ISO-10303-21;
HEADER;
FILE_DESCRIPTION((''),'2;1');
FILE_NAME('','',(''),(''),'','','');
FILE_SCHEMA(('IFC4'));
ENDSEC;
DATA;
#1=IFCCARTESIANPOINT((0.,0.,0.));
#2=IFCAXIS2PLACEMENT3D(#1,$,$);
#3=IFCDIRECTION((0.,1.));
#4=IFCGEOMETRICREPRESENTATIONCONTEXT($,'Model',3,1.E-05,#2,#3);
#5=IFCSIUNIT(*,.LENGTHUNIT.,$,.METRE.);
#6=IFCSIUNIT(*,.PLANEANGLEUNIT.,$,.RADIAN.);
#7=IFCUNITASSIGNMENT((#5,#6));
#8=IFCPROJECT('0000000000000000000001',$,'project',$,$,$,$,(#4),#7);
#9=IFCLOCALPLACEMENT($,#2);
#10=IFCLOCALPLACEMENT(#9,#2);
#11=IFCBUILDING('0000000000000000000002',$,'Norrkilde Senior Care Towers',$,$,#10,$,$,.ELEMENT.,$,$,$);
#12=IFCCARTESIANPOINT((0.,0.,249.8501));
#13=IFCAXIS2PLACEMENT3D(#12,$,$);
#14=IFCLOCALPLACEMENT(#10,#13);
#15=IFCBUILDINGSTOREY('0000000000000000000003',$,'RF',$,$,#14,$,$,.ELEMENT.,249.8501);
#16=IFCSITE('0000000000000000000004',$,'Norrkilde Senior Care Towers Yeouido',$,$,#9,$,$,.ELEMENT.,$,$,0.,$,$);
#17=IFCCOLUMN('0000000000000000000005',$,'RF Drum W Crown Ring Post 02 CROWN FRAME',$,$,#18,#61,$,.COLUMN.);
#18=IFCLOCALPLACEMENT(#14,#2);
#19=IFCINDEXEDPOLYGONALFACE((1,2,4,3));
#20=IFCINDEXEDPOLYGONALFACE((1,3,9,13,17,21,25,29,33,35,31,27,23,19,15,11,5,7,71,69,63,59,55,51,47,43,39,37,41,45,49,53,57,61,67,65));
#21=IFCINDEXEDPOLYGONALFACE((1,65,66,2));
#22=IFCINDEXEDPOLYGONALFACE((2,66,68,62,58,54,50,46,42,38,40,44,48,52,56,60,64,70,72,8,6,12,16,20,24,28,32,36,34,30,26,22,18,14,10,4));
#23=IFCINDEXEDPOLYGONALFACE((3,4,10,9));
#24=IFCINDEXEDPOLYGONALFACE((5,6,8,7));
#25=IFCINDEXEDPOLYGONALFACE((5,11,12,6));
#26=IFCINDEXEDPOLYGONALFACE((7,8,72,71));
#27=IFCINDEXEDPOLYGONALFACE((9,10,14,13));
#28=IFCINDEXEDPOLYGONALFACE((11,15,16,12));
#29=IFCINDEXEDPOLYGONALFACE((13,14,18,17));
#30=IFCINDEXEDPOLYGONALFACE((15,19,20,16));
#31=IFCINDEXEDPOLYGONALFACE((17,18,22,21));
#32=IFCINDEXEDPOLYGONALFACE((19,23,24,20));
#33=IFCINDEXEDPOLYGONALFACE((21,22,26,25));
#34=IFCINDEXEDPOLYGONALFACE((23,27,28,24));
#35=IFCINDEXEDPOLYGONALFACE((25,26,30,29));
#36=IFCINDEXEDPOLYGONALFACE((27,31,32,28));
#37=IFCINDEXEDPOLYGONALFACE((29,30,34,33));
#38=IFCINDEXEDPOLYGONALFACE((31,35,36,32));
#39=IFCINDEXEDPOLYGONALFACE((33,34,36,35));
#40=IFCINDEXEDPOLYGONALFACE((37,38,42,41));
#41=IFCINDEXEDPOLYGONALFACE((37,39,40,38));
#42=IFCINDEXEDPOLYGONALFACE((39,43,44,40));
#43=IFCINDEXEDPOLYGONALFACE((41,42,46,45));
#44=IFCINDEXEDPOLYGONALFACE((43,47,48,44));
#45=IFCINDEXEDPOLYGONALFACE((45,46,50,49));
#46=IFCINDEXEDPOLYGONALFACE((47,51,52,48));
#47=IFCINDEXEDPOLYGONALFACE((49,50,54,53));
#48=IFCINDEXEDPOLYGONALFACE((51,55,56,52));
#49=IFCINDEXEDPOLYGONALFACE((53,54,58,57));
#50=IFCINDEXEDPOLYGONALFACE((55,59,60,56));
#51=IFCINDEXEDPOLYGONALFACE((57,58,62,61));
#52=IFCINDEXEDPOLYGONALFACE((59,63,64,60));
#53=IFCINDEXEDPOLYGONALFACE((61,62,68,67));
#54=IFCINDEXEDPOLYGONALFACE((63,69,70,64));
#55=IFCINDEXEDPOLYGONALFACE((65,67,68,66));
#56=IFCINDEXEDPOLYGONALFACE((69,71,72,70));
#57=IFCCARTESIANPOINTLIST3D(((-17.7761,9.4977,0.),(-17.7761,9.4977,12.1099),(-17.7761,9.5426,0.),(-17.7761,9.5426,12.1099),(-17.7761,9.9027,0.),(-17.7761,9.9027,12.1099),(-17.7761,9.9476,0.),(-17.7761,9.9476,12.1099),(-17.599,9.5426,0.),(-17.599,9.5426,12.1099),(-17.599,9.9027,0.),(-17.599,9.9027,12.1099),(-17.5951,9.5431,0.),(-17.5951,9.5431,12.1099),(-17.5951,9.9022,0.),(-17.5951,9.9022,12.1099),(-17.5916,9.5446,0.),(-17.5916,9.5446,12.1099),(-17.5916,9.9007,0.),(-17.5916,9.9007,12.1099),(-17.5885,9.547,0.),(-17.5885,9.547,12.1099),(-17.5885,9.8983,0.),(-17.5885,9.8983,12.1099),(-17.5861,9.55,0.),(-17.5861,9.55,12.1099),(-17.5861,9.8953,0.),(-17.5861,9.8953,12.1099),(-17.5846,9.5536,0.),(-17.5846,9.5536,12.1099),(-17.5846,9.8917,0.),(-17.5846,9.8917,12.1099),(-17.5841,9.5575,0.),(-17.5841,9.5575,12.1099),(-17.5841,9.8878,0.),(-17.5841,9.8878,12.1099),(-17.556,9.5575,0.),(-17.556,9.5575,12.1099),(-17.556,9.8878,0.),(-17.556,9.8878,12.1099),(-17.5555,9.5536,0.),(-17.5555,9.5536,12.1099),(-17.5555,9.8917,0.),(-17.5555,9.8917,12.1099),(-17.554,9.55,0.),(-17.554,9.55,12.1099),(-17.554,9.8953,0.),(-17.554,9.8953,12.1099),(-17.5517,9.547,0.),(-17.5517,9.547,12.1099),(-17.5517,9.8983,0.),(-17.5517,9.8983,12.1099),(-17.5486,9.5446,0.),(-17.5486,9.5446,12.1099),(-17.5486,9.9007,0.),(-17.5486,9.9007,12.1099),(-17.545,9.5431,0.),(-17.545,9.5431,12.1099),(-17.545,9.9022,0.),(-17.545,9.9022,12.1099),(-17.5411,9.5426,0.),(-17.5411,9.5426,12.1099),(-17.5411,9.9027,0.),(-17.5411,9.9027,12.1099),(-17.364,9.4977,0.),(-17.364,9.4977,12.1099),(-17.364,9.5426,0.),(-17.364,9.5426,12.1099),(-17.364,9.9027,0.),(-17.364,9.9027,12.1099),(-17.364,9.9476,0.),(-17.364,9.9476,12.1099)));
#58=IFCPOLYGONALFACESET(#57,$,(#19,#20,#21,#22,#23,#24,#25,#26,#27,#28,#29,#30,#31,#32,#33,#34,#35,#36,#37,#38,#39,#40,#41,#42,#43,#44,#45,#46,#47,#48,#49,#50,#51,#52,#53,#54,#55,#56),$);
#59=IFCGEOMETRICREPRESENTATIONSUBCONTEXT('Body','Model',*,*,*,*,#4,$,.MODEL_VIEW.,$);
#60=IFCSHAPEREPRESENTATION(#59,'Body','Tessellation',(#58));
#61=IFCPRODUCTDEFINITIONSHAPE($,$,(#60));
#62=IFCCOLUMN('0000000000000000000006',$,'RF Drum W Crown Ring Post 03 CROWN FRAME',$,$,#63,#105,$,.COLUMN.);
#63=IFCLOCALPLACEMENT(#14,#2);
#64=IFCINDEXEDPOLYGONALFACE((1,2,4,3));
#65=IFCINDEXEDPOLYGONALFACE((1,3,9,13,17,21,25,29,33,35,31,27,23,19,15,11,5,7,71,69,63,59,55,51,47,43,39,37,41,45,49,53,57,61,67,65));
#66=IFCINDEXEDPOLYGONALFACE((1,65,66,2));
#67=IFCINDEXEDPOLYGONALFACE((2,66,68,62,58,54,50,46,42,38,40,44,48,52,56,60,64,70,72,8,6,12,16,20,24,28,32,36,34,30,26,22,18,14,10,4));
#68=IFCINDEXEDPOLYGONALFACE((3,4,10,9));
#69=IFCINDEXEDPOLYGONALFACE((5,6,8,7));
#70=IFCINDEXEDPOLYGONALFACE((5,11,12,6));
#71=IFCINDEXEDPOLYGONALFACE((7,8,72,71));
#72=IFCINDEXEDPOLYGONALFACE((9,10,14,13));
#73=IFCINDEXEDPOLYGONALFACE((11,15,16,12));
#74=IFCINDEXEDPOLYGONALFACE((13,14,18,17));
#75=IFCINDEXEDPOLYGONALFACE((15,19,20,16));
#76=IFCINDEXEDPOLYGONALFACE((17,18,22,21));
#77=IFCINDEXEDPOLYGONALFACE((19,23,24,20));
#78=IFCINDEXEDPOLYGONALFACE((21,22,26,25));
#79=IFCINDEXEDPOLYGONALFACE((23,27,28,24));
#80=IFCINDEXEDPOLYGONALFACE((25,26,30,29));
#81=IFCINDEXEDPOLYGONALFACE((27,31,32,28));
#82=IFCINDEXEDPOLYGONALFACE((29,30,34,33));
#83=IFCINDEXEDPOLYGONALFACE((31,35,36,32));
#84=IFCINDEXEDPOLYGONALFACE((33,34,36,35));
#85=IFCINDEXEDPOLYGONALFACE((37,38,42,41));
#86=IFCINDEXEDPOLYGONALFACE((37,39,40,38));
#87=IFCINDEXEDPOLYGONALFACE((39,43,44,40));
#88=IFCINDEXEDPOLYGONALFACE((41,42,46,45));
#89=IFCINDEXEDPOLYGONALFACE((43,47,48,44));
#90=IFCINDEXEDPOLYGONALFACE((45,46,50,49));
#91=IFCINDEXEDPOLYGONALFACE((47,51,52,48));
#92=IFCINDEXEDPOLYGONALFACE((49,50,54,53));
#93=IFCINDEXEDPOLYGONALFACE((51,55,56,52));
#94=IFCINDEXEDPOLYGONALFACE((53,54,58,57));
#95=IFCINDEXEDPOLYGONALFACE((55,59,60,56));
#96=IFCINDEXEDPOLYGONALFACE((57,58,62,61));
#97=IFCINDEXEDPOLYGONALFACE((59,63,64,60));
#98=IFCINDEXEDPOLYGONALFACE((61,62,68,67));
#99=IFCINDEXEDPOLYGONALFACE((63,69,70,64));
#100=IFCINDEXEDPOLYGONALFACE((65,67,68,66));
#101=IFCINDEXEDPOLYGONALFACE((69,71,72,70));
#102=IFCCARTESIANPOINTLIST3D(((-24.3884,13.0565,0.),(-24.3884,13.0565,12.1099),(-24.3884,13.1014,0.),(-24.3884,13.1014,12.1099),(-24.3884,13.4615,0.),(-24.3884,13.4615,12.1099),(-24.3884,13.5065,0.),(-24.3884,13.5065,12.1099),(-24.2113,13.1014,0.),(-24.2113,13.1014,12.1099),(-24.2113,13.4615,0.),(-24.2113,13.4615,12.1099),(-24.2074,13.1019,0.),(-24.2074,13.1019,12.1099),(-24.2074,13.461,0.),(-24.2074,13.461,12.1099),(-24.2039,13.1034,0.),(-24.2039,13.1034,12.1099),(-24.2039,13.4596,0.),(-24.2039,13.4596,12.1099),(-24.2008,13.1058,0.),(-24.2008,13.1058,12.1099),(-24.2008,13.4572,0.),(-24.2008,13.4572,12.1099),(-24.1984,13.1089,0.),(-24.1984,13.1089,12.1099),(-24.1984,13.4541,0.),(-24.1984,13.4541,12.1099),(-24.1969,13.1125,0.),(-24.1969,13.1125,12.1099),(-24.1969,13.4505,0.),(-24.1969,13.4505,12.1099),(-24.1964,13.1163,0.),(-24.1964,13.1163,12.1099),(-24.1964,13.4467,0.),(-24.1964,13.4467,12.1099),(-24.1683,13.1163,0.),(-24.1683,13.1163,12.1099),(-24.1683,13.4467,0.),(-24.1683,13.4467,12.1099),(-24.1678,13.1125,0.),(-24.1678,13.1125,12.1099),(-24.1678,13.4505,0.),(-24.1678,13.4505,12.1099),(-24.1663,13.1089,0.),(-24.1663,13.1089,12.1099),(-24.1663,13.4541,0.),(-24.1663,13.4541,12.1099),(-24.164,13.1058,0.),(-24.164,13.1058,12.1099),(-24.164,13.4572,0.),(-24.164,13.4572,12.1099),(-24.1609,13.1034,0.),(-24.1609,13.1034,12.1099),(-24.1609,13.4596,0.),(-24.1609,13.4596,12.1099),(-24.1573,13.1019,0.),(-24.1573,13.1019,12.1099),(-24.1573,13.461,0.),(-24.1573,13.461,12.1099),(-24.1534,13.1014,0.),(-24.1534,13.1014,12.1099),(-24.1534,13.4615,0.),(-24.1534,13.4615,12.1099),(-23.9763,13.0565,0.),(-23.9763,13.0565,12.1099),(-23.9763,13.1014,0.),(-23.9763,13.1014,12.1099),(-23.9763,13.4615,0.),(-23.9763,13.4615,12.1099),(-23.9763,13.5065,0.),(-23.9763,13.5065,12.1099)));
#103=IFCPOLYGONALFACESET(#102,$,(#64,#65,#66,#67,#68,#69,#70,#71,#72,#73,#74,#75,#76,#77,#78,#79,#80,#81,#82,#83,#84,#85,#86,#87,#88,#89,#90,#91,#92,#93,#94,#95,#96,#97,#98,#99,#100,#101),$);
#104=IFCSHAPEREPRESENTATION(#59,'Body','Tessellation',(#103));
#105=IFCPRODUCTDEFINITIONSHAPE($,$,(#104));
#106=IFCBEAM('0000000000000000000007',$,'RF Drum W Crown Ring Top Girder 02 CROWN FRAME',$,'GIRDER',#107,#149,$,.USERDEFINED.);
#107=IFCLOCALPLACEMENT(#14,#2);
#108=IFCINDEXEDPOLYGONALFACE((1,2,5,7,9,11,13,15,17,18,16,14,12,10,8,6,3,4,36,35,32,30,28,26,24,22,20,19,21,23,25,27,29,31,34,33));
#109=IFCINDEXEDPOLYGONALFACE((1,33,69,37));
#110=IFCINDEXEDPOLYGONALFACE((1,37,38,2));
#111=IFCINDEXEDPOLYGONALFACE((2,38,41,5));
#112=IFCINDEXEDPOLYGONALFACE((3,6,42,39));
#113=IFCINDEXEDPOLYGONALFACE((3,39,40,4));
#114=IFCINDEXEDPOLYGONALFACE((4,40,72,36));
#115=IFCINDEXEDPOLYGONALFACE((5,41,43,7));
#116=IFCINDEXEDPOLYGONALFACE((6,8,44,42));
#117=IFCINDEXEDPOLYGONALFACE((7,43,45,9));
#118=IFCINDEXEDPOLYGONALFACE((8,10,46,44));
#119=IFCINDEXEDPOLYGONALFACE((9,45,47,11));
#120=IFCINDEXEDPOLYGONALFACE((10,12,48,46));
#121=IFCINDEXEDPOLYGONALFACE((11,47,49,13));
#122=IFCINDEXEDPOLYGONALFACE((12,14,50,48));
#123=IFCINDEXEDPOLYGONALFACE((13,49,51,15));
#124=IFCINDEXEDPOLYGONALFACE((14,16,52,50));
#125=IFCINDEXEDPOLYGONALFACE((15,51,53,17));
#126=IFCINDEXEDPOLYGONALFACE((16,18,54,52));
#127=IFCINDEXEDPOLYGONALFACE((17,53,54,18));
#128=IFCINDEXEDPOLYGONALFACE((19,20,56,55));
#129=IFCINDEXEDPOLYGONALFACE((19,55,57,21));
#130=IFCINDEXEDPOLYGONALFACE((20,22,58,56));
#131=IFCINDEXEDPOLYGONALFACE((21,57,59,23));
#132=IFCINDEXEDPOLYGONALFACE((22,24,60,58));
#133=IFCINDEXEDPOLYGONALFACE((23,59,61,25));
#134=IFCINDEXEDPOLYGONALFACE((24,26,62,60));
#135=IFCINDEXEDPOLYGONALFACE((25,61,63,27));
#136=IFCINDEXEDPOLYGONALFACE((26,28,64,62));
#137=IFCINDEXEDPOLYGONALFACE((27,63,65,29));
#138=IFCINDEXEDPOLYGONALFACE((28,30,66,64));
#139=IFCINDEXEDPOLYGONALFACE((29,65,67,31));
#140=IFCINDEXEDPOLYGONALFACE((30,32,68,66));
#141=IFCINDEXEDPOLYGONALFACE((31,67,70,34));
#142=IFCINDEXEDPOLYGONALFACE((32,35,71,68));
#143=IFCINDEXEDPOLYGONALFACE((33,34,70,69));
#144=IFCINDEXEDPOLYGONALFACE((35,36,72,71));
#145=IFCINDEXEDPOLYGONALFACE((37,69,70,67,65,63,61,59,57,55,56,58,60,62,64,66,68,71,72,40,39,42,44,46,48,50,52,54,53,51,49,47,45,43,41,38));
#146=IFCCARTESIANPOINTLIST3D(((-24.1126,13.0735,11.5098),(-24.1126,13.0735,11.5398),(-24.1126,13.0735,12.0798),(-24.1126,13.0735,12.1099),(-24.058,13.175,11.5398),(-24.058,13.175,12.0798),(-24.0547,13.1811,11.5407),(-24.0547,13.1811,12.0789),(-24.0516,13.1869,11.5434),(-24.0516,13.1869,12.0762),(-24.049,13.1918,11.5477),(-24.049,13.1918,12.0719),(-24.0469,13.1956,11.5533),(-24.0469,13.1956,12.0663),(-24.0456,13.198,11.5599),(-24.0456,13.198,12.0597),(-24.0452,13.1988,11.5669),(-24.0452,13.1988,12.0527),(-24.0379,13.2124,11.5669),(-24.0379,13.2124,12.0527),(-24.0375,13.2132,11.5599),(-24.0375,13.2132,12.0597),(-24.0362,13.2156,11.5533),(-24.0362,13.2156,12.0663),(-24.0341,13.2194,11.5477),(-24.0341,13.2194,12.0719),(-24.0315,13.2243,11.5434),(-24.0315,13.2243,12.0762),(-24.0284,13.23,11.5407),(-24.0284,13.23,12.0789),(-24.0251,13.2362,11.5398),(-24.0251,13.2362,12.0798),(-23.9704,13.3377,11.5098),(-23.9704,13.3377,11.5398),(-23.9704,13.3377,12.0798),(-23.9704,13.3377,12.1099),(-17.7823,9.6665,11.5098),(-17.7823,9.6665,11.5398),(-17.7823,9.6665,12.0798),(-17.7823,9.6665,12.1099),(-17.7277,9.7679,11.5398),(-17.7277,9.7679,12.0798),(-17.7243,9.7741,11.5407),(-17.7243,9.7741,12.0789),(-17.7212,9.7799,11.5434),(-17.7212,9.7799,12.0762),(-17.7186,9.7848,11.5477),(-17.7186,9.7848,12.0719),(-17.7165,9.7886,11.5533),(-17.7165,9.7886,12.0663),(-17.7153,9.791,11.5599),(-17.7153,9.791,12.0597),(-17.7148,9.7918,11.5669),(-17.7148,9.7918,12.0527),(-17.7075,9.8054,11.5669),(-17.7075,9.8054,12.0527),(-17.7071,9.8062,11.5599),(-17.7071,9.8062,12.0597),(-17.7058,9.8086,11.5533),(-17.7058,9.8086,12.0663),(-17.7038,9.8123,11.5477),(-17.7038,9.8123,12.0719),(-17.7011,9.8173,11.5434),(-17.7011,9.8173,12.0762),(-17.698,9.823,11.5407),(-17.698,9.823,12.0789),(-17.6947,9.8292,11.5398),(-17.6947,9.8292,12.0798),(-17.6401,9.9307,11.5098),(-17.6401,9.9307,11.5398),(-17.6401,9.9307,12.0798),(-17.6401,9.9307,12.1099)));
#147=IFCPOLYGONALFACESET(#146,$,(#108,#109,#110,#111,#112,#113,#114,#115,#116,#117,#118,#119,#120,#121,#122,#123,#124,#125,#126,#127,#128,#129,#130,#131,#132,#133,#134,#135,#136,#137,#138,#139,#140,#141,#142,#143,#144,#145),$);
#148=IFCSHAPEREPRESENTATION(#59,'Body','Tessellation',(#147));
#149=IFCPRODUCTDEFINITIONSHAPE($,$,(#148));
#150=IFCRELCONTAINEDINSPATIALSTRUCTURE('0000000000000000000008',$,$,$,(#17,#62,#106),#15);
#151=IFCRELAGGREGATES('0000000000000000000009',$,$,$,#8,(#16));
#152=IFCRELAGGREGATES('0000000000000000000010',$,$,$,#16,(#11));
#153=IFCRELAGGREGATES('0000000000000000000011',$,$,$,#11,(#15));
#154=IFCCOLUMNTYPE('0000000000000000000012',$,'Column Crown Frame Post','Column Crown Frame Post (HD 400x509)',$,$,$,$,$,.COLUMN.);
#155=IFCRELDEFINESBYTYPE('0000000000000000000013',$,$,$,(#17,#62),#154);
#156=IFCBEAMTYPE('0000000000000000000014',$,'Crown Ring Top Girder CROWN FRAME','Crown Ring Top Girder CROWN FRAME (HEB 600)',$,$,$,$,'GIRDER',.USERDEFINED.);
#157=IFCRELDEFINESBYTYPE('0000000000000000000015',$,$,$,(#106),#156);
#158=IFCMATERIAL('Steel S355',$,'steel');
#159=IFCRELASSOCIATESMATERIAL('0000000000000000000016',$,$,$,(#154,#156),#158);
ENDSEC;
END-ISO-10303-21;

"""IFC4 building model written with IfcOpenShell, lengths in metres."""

from ifc_helpers import new_model, si_unit, direction, frame, origin, origin_2d, place, context, subcontext, project, spatial, i_section, extrude, source, transform, mapped, material, material_profile, profile_set, type_object, type_shapes, element, save


model = new_model("IFC4")

# Units and contexts
model_context = context("Model", 3, precision=1e-05, world=origin(), true_north=direction((0.0, 1.0)))
body_context = subcontext(model_context, "Body", "Model", "MODEL_VIEW")
ifc_project = project(units=[si_unit("LENGTHUNIT", "METRE"), si_unit("PLANEANGLEUNIT", "RADIAN")], contexts=[model_context])

# Site, building, storey
site_placement = place(None, origin())
site = spatial("IfcSite", under=ifc_project, at=site_placement, Name="Norrkilde Senior Care Towers Yeouido", CompositionType="ELEMENT", RefElevation=0.0)
building_placement = place(site_placement, origin())
building = spatial("IfcBuilding", under=site, at=building_placement, Name="Norrkilde Senior Care Towers", CompositionType="ELEMENT")
storey_placement = place(building_placement, frame((0.0, 0.0, 249.8501)))
storey = spatial("IfcBuildingStorey", under=building, at=storey_placement, Name="RF", CompositionType="ELEMENT", Elevation=249.8501)

# Columns
ifc_material_1 = material(Name="Steel S355", Category="steel")
ifc_material_profile_1 = material_profile(ifc_material_1, i_section(OverallWidth=0.4121, OverallDepth=0.45, WebThickness=0.0281, FlangeThickness=0.0449, FilletRadius=0.0149, at=origin_2d()), Name="HD 400x509")
ifc_profile_set_1 = profile_set([ifc_material_profile_1], Name="Steel S355")
column_type = type_object("IfcColumnType", Name="Column Crown Frame Post", Description="Column Crown Frame Post (HD 400x509)", PredefinedType="COLUMN", material=ifc_profile_set_1)
shared_shape_1 = source(origin(), body_context, "Body", "SweptSolid", [
    extrude(i_section(OverallWidth=0.4121, OverallDepth=0.45, WebThickness=0.0281, FlangeThickness=0.0449, FilletRadius=0.0149, at=origin_2d()), origin(), (0.0, 0.0, 1.0), 12.1099),
])
type_shapes(column_type, [shared_shape_1])
for number, where, z_axis, x_axis, name in (
    (1, (-17.5701, 9.7227, 0.0), (0.0, 0.0, 1.0), (1.0, 0.0, 0.0), "RF Drum W Crown Ring Post 02 CROWN FRAME"),
    (2, (-24.1824, 13.2815, 0.0), (0.0, 0.0, 1.0), (1.0, 0.0, 0.0), "RF Drum W Crown Ring Post 03 CROWN FRAME"),
):
    element("IfcColumn", number, at=place(storey_placement, frame(where, z_axis=z_axis, x_axis=x_axis)), inside=storey, type_object=column_type, Name=name, PredefinedType="COLUMN", context=body_context, shape_type="MappedRepresentation", body=[
        mapped(shared_shape_1, transform((0.0, 0.0, 0.0), x_axis=(1.0, 0.0, 0.0), y_axis=(0.0, 1.0, 0.0), z_axis=(0.0, 0.0, 1.0), scale=1.0)),
    ])

# Beam
ifc_material_profile_2 = material_profile(ifc_material_1, i_section(OverallWidth=0.3, OverallDepth=0.6001, WebThickness=0.0154, FlangeThickness=0.03, FilletRadius=0.0271, at=origin_2d()), Name="HEB 600")
ifc_profile_set_2 = profile_set([ifc_material_profile_2], Name="Steel S355")
beam_type_1 = type_object("IfcBeamType", Name="Crown Ring Top Girder CROWN FRAME", Description="Crown Ring Top Girder CROWN FRAME (HEB 600)", ElementType="GIRDER", PredefinedType="USERDEFINED", material=ifc_profile_set_2)
shared_shape_2 = source(origin(), body_context, "Body", "SweptSolid", [
    extrude(i_section(OverallWidth=0.3, OverallDepth=0.6001, WebThickness=0.0154, FlangeThickness=0.03, FilletRadius=0.0271, at=origin_2d()), origin(), (0.0, 0.0, 1.0), 7.189),
])
beam_1_placement = place(storey_placement, frame((-17.7112, 9.7986, 11.8098), z_axis=(-0.880567, 0.473922, 0.0), x_axis=(-0.473922, -0.880567, 0.0)))
element("IfcBeam", 3, at=beam_1_placement, inside=storey, type_object=beam_type_1, Name="RF Drum W Crown Ring Top Girder 02 CROWN FRAME", ObjectType="GIRDER", PredefinedType="USERDEFINED", context=body_context, shape_type="MappedRepresentation", body=[
    mapped(shared_shape_2, transform((0.0, 0.0, 0.0), x_axis=(1.0, 0.0, 0.0), y_axis=(0.0, 1.0, 0.0), z_axis=(0.0, 0.0, 1.0), scale=1.0)),
])

save(model, "model.ifc")
